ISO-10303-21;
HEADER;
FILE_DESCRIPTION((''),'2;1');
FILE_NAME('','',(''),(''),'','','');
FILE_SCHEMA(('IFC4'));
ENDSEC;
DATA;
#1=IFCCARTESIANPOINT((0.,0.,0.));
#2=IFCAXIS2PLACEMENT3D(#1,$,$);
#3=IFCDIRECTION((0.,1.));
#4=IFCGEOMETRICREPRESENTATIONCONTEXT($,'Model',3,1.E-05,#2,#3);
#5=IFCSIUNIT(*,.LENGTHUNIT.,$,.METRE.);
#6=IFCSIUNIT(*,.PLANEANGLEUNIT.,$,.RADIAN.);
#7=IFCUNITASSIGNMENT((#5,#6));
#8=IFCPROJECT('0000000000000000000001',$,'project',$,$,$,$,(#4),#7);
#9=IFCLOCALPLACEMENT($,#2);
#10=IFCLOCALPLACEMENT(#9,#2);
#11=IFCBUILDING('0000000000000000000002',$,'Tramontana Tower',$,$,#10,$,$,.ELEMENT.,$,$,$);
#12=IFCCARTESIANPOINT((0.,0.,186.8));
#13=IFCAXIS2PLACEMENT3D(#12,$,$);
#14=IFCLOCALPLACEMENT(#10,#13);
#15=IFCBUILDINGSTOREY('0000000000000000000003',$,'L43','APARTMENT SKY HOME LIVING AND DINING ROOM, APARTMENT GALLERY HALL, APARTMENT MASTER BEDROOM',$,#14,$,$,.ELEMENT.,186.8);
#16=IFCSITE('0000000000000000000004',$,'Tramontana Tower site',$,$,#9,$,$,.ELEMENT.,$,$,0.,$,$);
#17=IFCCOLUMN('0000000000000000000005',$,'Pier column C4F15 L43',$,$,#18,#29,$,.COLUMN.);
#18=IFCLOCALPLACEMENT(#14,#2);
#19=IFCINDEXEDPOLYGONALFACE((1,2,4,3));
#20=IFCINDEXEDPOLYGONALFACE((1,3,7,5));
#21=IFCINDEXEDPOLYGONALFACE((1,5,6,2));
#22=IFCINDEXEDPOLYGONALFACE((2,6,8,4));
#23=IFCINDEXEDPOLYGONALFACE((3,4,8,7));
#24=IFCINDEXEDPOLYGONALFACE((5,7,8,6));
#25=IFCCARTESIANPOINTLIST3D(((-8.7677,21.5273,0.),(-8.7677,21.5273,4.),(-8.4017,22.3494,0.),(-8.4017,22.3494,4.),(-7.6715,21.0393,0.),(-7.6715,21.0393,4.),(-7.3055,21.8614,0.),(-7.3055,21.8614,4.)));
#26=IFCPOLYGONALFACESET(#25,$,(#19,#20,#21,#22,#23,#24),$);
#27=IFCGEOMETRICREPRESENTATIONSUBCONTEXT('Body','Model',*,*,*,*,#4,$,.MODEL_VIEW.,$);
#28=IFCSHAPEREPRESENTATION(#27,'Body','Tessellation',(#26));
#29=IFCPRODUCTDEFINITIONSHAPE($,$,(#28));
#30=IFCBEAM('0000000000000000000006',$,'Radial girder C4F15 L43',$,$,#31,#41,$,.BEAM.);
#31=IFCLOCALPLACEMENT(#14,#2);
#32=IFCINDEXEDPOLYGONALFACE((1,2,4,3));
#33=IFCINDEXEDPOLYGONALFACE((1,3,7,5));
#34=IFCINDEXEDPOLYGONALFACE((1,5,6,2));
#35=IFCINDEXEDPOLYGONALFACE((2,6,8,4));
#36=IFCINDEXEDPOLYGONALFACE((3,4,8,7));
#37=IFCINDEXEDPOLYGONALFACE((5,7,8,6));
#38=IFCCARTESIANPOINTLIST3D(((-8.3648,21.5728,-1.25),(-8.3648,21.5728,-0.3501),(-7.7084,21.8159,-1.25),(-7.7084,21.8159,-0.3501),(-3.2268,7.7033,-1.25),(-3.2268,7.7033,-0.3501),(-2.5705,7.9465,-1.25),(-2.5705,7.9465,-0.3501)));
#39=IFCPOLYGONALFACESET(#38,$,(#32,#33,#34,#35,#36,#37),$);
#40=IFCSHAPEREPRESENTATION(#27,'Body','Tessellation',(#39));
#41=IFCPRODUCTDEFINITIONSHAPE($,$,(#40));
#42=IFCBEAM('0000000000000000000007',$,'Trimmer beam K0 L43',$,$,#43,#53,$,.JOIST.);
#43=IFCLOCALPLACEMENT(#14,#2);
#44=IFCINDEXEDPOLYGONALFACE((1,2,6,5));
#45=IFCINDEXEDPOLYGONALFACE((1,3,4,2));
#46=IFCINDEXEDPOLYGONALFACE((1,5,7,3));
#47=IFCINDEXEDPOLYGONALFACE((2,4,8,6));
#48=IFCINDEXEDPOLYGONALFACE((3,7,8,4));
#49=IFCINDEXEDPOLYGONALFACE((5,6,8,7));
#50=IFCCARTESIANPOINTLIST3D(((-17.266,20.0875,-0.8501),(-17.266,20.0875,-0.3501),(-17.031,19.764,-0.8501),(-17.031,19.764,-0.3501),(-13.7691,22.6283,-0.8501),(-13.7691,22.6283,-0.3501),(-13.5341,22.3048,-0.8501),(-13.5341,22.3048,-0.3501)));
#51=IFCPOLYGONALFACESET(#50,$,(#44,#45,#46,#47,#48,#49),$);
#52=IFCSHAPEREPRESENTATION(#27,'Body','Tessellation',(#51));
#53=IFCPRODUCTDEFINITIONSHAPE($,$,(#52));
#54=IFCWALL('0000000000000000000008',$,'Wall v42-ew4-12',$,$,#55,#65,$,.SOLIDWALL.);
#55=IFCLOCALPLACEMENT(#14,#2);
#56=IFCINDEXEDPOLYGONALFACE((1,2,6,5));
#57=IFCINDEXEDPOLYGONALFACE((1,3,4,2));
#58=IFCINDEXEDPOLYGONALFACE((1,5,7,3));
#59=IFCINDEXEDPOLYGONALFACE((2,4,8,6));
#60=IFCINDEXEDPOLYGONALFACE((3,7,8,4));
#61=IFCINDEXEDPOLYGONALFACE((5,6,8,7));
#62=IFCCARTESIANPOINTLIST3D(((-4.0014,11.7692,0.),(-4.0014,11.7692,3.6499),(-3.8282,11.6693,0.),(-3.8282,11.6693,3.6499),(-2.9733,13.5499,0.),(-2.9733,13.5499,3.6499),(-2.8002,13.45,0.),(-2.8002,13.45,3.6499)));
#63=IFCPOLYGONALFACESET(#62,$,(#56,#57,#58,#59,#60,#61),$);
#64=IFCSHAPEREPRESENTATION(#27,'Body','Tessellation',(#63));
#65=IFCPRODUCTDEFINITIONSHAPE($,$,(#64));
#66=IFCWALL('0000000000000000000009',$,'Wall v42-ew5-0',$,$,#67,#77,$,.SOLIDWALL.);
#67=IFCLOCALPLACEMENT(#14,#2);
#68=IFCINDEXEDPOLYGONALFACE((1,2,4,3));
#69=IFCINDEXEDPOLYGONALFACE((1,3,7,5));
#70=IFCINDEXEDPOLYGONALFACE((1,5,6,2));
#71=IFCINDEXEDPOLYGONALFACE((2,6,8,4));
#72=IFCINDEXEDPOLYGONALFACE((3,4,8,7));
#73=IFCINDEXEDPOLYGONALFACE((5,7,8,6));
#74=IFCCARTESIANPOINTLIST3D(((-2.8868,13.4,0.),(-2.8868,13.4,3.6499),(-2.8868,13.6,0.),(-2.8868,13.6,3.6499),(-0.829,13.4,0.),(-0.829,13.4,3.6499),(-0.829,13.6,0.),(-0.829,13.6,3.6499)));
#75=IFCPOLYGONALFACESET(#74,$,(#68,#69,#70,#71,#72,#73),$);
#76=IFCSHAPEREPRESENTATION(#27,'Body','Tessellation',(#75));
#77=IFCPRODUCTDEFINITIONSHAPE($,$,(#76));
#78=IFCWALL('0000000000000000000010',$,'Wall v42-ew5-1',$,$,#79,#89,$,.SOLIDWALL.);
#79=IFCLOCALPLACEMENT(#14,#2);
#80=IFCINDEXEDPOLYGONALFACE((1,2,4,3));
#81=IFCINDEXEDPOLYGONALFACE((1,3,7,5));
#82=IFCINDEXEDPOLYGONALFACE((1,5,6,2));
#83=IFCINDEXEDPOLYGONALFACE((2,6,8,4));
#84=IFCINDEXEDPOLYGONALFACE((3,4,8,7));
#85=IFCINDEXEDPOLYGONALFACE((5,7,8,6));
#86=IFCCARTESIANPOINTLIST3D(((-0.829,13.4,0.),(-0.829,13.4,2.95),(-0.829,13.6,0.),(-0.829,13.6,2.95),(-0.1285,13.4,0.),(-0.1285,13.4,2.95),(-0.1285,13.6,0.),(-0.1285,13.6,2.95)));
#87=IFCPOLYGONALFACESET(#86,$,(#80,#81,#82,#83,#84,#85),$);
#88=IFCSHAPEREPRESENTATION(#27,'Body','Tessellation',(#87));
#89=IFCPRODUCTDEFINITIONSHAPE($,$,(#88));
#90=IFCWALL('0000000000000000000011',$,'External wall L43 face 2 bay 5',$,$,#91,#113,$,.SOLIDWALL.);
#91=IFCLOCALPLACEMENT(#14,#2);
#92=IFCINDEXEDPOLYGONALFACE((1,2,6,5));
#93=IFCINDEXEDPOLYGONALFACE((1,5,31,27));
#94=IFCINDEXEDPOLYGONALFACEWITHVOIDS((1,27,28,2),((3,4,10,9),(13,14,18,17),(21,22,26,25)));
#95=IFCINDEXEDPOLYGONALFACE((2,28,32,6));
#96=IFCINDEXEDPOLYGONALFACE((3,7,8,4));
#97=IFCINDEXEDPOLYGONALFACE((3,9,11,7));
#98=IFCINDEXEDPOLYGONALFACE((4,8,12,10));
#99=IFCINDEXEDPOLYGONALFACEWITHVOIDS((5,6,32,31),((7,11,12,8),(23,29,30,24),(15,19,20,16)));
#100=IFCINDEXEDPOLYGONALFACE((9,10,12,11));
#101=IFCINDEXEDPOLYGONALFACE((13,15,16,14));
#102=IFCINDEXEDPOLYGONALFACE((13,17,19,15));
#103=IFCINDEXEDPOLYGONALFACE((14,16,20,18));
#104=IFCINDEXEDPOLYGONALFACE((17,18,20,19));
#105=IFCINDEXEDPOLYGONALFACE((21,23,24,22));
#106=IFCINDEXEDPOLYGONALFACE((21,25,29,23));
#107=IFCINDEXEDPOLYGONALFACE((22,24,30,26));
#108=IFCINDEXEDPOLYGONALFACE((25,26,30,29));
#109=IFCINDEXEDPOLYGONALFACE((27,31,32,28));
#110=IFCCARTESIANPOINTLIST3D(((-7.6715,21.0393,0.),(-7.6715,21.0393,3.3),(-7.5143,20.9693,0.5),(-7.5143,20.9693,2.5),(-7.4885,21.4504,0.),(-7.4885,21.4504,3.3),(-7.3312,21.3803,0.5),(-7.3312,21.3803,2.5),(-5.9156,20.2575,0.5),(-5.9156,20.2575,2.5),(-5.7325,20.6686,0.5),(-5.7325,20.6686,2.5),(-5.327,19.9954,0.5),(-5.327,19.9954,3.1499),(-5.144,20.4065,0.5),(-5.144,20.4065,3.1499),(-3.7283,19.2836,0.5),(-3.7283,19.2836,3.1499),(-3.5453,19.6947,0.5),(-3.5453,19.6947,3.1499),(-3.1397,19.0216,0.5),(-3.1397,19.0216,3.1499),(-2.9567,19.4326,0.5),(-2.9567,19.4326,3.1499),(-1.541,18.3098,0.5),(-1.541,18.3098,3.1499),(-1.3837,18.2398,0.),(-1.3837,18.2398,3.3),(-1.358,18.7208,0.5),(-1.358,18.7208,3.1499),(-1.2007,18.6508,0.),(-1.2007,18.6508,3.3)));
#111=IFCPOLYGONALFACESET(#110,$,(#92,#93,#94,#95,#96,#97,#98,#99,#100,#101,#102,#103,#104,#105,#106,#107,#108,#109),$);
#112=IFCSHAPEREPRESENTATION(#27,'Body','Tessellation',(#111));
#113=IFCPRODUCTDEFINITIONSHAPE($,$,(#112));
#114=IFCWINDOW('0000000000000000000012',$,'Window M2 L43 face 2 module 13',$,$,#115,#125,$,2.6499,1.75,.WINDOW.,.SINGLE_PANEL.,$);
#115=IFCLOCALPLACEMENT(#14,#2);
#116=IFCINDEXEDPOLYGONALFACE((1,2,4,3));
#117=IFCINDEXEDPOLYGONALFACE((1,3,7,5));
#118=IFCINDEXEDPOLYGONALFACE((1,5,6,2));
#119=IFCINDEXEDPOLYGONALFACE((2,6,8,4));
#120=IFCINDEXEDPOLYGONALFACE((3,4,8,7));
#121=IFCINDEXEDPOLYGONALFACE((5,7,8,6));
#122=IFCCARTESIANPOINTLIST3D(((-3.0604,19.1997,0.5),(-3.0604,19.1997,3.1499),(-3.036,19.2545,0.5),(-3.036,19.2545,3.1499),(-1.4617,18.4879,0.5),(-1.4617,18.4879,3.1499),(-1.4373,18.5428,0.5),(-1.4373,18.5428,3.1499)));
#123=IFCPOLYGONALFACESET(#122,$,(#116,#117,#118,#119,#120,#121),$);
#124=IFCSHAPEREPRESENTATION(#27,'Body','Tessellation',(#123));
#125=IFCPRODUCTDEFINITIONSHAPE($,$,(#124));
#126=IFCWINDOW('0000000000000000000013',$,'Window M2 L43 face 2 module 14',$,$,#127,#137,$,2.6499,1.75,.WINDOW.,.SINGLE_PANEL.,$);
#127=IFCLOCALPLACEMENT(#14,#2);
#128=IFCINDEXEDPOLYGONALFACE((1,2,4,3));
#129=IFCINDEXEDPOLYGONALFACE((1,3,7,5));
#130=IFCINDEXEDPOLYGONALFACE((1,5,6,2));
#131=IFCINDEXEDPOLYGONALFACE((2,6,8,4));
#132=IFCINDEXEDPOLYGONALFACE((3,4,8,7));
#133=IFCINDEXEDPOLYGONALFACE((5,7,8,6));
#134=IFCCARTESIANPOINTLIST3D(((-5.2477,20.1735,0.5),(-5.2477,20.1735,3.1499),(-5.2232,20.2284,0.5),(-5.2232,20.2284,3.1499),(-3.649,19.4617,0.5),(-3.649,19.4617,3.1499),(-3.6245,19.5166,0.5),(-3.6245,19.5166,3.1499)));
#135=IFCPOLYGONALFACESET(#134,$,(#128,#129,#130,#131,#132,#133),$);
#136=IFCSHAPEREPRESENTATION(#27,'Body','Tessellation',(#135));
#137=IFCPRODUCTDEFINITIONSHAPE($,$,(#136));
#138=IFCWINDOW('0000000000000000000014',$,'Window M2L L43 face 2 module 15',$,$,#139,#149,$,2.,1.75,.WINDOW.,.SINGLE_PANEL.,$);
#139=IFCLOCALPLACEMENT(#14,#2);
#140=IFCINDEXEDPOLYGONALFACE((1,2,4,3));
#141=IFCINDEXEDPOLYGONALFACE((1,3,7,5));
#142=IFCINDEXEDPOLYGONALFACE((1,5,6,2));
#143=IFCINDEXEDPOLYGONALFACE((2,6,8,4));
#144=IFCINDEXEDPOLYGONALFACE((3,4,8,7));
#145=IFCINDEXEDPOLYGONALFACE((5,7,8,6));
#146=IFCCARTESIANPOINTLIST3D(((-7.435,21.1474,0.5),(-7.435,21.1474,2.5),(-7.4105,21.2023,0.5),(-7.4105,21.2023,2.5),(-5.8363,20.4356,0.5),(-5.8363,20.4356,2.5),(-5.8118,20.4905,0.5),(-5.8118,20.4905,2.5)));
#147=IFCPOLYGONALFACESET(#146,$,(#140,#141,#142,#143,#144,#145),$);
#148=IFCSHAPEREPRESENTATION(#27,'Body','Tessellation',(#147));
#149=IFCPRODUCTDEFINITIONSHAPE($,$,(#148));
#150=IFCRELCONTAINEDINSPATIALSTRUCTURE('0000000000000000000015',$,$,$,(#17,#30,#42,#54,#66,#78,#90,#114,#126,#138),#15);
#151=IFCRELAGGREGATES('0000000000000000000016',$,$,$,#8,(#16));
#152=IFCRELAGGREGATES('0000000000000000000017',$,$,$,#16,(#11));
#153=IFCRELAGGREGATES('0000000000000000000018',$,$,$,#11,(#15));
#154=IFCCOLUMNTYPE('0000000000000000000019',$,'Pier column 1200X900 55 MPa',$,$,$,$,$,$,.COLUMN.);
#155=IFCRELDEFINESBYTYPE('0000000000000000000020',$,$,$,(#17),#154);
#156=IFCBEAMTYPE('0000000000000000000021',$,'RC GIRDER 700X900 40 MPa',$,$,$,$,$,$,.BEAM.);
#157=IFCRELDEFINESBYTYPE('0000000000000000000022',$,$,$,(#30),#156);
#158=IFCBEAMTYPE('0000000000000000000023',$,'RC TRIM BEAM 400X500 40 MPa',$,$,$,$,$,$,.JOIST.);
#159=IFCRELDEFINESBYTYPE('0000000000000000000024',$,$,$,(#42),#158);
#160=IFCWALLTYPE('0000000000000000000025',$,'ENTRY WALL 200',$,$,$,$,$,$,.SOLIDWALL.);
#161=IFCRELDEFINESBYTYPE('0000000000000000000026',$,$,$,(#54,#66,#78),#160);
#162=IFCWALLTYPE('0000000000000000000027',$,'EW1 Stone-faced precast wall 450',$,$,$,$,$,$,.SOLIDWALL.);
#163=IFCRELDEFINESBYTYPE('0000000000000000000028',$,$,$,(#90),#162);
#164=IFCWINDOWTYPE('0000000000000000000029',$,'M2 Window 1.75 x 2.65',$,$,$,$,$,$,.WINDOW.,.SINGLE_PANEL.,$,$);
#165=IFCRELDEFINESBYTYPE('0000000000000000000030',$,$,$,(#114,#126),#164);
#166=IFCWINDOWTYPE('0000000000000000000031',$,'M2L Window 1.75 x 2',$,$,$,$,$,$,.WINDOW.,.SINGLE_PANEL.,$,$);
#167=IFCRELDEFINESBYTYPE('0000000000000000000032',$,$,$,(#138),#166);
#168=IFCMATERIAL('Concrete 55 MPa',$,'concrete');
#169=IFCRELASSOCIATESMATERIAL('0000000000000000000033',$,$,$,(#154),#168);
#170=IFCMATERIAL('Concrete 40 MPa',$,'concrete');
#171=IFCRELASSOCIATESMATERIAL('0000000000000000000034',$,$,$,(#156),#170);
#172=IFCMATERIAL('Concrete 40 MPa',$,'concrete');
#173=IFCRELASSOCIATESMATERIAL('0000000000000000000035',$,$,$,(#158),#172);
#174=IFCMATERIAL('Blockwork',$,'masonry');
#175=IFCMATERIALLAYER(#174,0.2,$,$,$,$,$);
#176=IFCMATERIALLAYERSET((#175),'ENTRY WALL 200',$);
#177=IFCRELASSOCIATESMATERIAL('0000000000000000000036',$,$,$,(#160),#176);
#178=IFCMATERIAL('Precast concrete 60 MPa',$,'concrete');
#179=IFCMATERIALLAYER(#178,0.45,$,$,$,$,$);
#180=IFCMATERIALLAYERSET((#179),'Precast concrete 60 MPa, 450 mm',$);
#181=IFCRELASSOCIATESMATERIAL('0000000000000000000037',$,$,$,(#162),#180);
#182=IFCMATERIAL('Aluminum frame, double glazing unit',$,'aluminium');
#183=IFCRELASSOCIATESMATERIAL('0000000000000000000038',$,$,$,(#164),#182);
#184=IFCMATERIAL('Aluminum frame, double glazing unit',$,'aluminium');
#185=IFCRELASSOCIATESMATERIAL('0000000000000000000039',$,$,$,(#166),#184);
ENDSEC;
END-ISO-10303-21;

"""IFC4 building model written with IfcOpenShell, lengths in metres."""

from ifc_helpers import new_model, si_unit, direction, frame, frame_2d, origin, origin_2d, place, context, subcontext, project, spatial, rectangle, extrude, material, layer, layer_set, material_profile, profile_set, type_object, element, fill, save


model = new_model("IFC4")

# Units and contexts
model_context = context("Model", 3, precision=1e-05, world=origin(), true_north=direction((0.0, 1.0)))
body_context = subcontext(model_context, "Body", "Model", "MODEL_VIEW")
ifc_project = project(units=[si_unit("LENGTHUNIT", "METRE"), si_unit("PLANEANGLEUNIT", "RADIAN")], contexts=[model_context])

# Site, building, storey
site_placement = place(None, origin())
site = spatial("IfcSite", under=ifc_project, at=site_placement, Name="Tramontana Tower site", CompositionType="ELEMENT", RefElevation=0.0)
building_placement = place(site_placement, origin())
building = spatial("IfcBuilding", under=site, at=building_placement, Name="Tramontana Tower", CompositionType="ELEMENT")
storey_placement = place(building_placement, frame((0.0, 0.0, 186.8)))
storey = spatial("IfcBuildingStorey", under=building, at=storey_placement, Name="L43", Description="APARTMENT SKY HOME LIVING AND DINING ROOM, APARTMENT GALLERY HALL, APARTMENT MASTER BEDROOM", CompositionType="ELEMENT", Elevation=186.8)

# Column
ifc_material_1 = material(Name="Concrete 55 MPa", Category="concrete")
ifc_material_profile_1 = material_profile(ifc_material_1, rectangle(XDim=1.2, YDim=0.8999, at=origin_2d()), Name="Pier column 1200X900 55 MPa")
ifc_profile_set_1 = profile_set([ifc_material_profile_1], Name="Concrete 55 MPa")
column_type = type_object("IfcColumnType", Name="Pier column 1200X900 55 MPa", PredefinedType="COLUMN", material=ifc_profile_set_1)
column_placement = place(storey_placement, frame((-8.0366, 21.6943, 0.0), z_axis=(0.0, 0.0, 1.0), x_axis=(-0.913545, 0.406737, 0.0)))
element("IfcColumn", 1, at=column_placement, inside=storey, type_object=column_type, Name="Pier column C4F15 L43", PredefinedType="COLUMN", context=body_context, shape_type="SweptSolid", body=[
    extrude(rectangle(XDim=1.2, YDim=0.8999, at=origin_2d()), origin(), (0.0, 0.0, 1.0), 4.0),
])

# Beams
ifc_material_2 = material(Name="Concrete 40 MPa", Category="concrete")
ifc_material_profile_2 = material_profile(ifc_material_2, rectangle(XDim=0.7, YDim=0.8999, at=origin_2d()), Name="RC GIRDER 700X900 40 MPa")
ifc_profile_set_2 = profile_set([ifc_material_profile_2], Name="Concrete 40 MPa")
beam_type_1 = type_object("IfcBeamType", Name="RC GIRDER 700X900 40 MPa", PredefinedType="BEAM", material=ifc_profile_set_2)
beam_1_placement = place(storey_placement, frame((-8.0366, 21.6943, -0.8), z_axis=(0.347382, -0.937724, 0.0), x_axis=(0.937724, 0.347382, 0.0)))
element("IfcBeam", 2, at=beam_1_placement, inside=storey, type_object=beam_type_1, Name="Radial girder C4F15 L43", PredefinedType="BEAM", context=body_context, shape_type="SweptSolid", body=[
    extrude(rectangle(XDim=0.7, YDim=0.8999, at=origin_2d()), origin(), (0.0, 0.0, 1.0), 14.7905),
])
ifc_material_3 = material(Name="Concrete 40 MPa", Category="concrete")
ifc_material_profile_3 = material_profile(ifc_material_3, rectangle(XDim=0.3999, YDim=0.5, at=origin_2d()), Name="RC TRIM BEAM 400X500 40 MPa")
ifc_profile_set_3 = profile_set([ifc_material_profile_3], Name="Concrete 40 MPa")
beam_type_2 = type_object("IfcBeamType", Name="RC TRIM BEAM 400X500 40 MPa", PredefinedType="JOIST", material=ifc_profile_set_3)
beam_2_placement = place(storey_placement, frame((-13.6516, 22.4666, -0.6001), z_axis=(-0.808997, -0.587812, 0.0), x_axis=(0.587812, -0.808997, 0.0)))
element("IfcBeam", 3, at=beam_2_placement, inside=storey, type_object=beam_type_2, Name="Trimmer beam K0 L43", PredefinedType="JOIST", context=body_context, shape_type="SweptSolid", body=[
    extrude(rectangle(XDim=0.3999, YDim=0.5, at=origin_2d()), origin(), (0.0, 0.0, 1.0), 4.3225),
])

# Walls
ifc_material_4 = material(Name="Blockwork", Category="masonry")
ifc_layer_1 = layer(ifc_material_4, 0.2)
ifc_layer_set_1 = layer_set([ifc_layer_1], Name="ENTRY WALL 200")
wall_type_1 = type_object("IfcWallType", Name="ENTRY WALL 200", PredefinedType="SOLIDWALL", material=ifc_layer_set_1)
wall_1_placement = place(storey_placement, frame((-3.9148, 11.7192, 0.0), z_axis=(0.0, 0.0, 1.0), x_axis=(0.499983, 0.866035, 0.0)))
element("IfcWall", 4, at=wall_1_placement, inside=storey, type_object=wall_type_1, Name="Wall v42-ew4-12", PredefinedType="SOLIDWALL", context=body_context, shape_type="SweptSolid", body=[
    extrude(rectangle(XDim=2.0562, YDim=0.2, at=frame_2d((1.0281, 0.0))), origin(), (0.0, 0.0, 1.0), 3.6499),
])
wall_2_placement = place(storey_placement, frame((-2.8867, 13.5, 0.0), z_axis=(0.0, 0.0, 1.0), x_axis=(1.0, 0.0, 0.0)))
element("IfcWall", 5, at=wall_2_placement, inside=storey, type_object=wall_type_1, Name="Wall v42-ew5-0", PredefinedType="SOLIDWALL", context=body_context, shape_type="SweptSolid", body=[
    extrude(rectangle(XDim=2.0579, YDim=0.2, at=frame_2d((1.0288, 0.0))), origin(), (0.0, 0.0, 1.0), 3.6499),
])
wall_3_placement = place(storey_placement, frame((-0.8289, 13.5, 0.0), z_axis=(0.0, 0.0, 1.0), x_axis=(1.0, 0.0, 0.0)))
element("IfcWall", 6, at=wall_3_placement, inside=storey, type_object=wall_type_1, Name="Wall v42-ew5-1", PredefinedType="SOLIDWALL", context=body_context, shape_type="SweptSolid", body=[
    extrude(rectangle(XDim=0.7004, YDim=0.2, at=frame_2d((0.3501, 0.0))), origin(), (0.0, 0.0, 1.0), 2.95),
])

# Wall, openings, windows
ifc_material_5 = material(Name="Precast concrete 60 MPa", Category="concrete")
ifc_layer_2 = layer(ifc_material_5, 0.45)
ifc_layer_set_2 = layer_set([ifc_layer_2], Name="Precast concrete 60 MPa, 450 mm")
wall_type_2 = type_object("IfcWallType", Name="EW1 Stone-faced precast wall 450", PredefinedType="SOLIDWALL", material=ifc_layer_set_2)
wall_4_placement = place(storey_placement, frame((-1.2922, 18.4453, 0.0), z_axis=(0.0, 0.0, 1.0), x_axis=(-0.913544, 0.406741, 0.0)))
wall_4 = element("IfcWall", 7, at=wall_4_placement, inside=storey, type_object=wall_type_2, Name="External wall L43 face 2 bay 5", PredefinedType="SOLIDWALL", context=body_context, shape_type="SweptSolid", body=[
    extrude(rectangle(XDim=6.8828, YDim=0.45, at=frame_2d((3.4414, 0.0))), origin(), (0.0, 0.0, 1.0), 3.3),
])
opening_1_placement = place(wall_4_placement, frame((0.1721, 0.0, 0.5)))
opening_1 = element("IfcOpeningElement", 8, at=opening_1_placement, cuts=wall_4, PredefinedType="OPENING", context=body_context, shape_type="SweptSolid", body=[
    extrude(rectangle(XDim=1.75, YDim=2.6499, at=frame_2d((0.875, 1.325))), frame((0.0, 0.2349, 0.0), z_axis=(0.0, -1.0, 0.0), x_axis=(1.0, 0.0, 0.0)), (0.0, 0.0, 1.0), 0.47),
])
opening_2_placement = place(wall_4_placement, frame((2.5664, 0.0, 0.5)))
opening_2 = element("IfcOpeningElement", 9, at=opening_2_placement, cuts=wall_4, PredefinedType="OPENING", context=body_context, shape_type="SweptSolid", body=[
    extrude(rectangle(XDim=1.75, YDim=2.6499, at=frame_2d((0.875, 1.325))), frame((0.0, 0.2349, 0.0), z_axis=(0.0, -1.0, 0.0), x_axis=(1.0, 0.0, 0.0)), (0.0, 0.0, 1.0), 0.47),
])
opening_3_placement = place(wall_4_placement, frame((4.9607, 0.0, 0.5)))
opening_3 = element("IfcOpeningElement", 10, at=opening_3_placement, cuts=wall_4, PredefinedType="OPENING", context=body_context, shape_type="SweptSolid", body=[
    extrude(rectangle(XDim=1.75, YDim=2.0, at=frame_2d((0.875, 1.0))), frame((0.0, 0.2349, 0.0), z_axis=(0.0, -1.0, 0.0), x_axis=(1.0, 0.0, 0.0)), (0.0, 0.0, 1.0), 0.47),
])
ifc_material_6 = material(Name="Aluminum frame, double glazing unit", Category="aluminium")
window_type_1 = type_object("IfcWindowType", Name="M2 Window 1.75 x 2.65", PartitioningType="SINGLE_PANEL", PredefinedType="WINDOW", material=ifc_material_6)
window_1_placement = place(opening_1_placement, origin())
window_1 = element("IfcWindow", 11, at=window_1_placement, inside=storey, type_object=window_type_1, Name="Window M2 L43 face 2 module 13", OverallHeight=2.6499, OverallWidth=1.75, PartitioningType="SINGLE_PANEL", PredefinedType="WINDOW", context=body_context, shape_type="SweptSolid", body=[
    extrude(rectangle(XDim=1.75, YDim=2.6499, at=frame_2d((0.875, 1.325))), frame((0.0, 0.03, 0.0), z_axis=(0.0, -1.0, 0.0), x_axis=(1.0, 0.0, 0.0)), (0.0, 0.0, 1.0), 0.0601),
])
fill(opening_1, window_1)
window_2_placement = place(opening_2_placement, origin())
window_2 = element("IfcWindow", 12, at=window_2_placement, inside=storey, type_object=window_type_1, Name="Window M2 L43 face 2 module 14", OverallHeight=2.6499, OverallWidth=1.75, PartitioningType="SINGLE_PANEL", PredefinedType="WINDOW", context=body_context, shape_type="SweptSolid", body=[
    extrude(rectangle(XDim=1.75, YDim=2.6499, at=frame_2d((0.875, 1.325))), frame((0.0, 0.03, 0.0), z_axis=(0.0, -1.0, 0.0), x_axis=(1.0, 0.0, 0.0)), (0.0, 0.0, 1.0), 0.0601),
])
fill(opening_2, window_2)
ifc_material_7 = material(Name="Aluminum frame, double glazing unit", Category="aluminium")
window_type_2 = type_object("IfcWindowType", Name="M2L Window 1.75 x 2", PartitioningType="SINGLE_PANEL", PredefinedType="WINDOW", material=ifc_material_7)
window_3_placement = place(opening_3_placement, origin())
window_3 = element("IfcWindow", 13, at=window_3_placement, inside=storey, type_object=window_type_2, Name="Window M2L L43 face 2 module 15", OverallHeight=2.0, OverallWidth=1.75, PartitioningType="SINGLE_PANEL", PredefinedType="WINDOW", context=body_context, shape_type="SweptSolid", body=[
    extrude(rectangle(XDim=1.75, YDim=2.0, at=frame_2d((0.875, 1.0))), frame((0.0, 0.03, 0.0), z_axis=(0.0, -1.0, 0.0), x_axis=(1.0, 0.0, 0.0)), (0.0, 0.0, 1.0), 0.0601),
])
fill(opening_3, window_3)

save(model, "model.ifc")
